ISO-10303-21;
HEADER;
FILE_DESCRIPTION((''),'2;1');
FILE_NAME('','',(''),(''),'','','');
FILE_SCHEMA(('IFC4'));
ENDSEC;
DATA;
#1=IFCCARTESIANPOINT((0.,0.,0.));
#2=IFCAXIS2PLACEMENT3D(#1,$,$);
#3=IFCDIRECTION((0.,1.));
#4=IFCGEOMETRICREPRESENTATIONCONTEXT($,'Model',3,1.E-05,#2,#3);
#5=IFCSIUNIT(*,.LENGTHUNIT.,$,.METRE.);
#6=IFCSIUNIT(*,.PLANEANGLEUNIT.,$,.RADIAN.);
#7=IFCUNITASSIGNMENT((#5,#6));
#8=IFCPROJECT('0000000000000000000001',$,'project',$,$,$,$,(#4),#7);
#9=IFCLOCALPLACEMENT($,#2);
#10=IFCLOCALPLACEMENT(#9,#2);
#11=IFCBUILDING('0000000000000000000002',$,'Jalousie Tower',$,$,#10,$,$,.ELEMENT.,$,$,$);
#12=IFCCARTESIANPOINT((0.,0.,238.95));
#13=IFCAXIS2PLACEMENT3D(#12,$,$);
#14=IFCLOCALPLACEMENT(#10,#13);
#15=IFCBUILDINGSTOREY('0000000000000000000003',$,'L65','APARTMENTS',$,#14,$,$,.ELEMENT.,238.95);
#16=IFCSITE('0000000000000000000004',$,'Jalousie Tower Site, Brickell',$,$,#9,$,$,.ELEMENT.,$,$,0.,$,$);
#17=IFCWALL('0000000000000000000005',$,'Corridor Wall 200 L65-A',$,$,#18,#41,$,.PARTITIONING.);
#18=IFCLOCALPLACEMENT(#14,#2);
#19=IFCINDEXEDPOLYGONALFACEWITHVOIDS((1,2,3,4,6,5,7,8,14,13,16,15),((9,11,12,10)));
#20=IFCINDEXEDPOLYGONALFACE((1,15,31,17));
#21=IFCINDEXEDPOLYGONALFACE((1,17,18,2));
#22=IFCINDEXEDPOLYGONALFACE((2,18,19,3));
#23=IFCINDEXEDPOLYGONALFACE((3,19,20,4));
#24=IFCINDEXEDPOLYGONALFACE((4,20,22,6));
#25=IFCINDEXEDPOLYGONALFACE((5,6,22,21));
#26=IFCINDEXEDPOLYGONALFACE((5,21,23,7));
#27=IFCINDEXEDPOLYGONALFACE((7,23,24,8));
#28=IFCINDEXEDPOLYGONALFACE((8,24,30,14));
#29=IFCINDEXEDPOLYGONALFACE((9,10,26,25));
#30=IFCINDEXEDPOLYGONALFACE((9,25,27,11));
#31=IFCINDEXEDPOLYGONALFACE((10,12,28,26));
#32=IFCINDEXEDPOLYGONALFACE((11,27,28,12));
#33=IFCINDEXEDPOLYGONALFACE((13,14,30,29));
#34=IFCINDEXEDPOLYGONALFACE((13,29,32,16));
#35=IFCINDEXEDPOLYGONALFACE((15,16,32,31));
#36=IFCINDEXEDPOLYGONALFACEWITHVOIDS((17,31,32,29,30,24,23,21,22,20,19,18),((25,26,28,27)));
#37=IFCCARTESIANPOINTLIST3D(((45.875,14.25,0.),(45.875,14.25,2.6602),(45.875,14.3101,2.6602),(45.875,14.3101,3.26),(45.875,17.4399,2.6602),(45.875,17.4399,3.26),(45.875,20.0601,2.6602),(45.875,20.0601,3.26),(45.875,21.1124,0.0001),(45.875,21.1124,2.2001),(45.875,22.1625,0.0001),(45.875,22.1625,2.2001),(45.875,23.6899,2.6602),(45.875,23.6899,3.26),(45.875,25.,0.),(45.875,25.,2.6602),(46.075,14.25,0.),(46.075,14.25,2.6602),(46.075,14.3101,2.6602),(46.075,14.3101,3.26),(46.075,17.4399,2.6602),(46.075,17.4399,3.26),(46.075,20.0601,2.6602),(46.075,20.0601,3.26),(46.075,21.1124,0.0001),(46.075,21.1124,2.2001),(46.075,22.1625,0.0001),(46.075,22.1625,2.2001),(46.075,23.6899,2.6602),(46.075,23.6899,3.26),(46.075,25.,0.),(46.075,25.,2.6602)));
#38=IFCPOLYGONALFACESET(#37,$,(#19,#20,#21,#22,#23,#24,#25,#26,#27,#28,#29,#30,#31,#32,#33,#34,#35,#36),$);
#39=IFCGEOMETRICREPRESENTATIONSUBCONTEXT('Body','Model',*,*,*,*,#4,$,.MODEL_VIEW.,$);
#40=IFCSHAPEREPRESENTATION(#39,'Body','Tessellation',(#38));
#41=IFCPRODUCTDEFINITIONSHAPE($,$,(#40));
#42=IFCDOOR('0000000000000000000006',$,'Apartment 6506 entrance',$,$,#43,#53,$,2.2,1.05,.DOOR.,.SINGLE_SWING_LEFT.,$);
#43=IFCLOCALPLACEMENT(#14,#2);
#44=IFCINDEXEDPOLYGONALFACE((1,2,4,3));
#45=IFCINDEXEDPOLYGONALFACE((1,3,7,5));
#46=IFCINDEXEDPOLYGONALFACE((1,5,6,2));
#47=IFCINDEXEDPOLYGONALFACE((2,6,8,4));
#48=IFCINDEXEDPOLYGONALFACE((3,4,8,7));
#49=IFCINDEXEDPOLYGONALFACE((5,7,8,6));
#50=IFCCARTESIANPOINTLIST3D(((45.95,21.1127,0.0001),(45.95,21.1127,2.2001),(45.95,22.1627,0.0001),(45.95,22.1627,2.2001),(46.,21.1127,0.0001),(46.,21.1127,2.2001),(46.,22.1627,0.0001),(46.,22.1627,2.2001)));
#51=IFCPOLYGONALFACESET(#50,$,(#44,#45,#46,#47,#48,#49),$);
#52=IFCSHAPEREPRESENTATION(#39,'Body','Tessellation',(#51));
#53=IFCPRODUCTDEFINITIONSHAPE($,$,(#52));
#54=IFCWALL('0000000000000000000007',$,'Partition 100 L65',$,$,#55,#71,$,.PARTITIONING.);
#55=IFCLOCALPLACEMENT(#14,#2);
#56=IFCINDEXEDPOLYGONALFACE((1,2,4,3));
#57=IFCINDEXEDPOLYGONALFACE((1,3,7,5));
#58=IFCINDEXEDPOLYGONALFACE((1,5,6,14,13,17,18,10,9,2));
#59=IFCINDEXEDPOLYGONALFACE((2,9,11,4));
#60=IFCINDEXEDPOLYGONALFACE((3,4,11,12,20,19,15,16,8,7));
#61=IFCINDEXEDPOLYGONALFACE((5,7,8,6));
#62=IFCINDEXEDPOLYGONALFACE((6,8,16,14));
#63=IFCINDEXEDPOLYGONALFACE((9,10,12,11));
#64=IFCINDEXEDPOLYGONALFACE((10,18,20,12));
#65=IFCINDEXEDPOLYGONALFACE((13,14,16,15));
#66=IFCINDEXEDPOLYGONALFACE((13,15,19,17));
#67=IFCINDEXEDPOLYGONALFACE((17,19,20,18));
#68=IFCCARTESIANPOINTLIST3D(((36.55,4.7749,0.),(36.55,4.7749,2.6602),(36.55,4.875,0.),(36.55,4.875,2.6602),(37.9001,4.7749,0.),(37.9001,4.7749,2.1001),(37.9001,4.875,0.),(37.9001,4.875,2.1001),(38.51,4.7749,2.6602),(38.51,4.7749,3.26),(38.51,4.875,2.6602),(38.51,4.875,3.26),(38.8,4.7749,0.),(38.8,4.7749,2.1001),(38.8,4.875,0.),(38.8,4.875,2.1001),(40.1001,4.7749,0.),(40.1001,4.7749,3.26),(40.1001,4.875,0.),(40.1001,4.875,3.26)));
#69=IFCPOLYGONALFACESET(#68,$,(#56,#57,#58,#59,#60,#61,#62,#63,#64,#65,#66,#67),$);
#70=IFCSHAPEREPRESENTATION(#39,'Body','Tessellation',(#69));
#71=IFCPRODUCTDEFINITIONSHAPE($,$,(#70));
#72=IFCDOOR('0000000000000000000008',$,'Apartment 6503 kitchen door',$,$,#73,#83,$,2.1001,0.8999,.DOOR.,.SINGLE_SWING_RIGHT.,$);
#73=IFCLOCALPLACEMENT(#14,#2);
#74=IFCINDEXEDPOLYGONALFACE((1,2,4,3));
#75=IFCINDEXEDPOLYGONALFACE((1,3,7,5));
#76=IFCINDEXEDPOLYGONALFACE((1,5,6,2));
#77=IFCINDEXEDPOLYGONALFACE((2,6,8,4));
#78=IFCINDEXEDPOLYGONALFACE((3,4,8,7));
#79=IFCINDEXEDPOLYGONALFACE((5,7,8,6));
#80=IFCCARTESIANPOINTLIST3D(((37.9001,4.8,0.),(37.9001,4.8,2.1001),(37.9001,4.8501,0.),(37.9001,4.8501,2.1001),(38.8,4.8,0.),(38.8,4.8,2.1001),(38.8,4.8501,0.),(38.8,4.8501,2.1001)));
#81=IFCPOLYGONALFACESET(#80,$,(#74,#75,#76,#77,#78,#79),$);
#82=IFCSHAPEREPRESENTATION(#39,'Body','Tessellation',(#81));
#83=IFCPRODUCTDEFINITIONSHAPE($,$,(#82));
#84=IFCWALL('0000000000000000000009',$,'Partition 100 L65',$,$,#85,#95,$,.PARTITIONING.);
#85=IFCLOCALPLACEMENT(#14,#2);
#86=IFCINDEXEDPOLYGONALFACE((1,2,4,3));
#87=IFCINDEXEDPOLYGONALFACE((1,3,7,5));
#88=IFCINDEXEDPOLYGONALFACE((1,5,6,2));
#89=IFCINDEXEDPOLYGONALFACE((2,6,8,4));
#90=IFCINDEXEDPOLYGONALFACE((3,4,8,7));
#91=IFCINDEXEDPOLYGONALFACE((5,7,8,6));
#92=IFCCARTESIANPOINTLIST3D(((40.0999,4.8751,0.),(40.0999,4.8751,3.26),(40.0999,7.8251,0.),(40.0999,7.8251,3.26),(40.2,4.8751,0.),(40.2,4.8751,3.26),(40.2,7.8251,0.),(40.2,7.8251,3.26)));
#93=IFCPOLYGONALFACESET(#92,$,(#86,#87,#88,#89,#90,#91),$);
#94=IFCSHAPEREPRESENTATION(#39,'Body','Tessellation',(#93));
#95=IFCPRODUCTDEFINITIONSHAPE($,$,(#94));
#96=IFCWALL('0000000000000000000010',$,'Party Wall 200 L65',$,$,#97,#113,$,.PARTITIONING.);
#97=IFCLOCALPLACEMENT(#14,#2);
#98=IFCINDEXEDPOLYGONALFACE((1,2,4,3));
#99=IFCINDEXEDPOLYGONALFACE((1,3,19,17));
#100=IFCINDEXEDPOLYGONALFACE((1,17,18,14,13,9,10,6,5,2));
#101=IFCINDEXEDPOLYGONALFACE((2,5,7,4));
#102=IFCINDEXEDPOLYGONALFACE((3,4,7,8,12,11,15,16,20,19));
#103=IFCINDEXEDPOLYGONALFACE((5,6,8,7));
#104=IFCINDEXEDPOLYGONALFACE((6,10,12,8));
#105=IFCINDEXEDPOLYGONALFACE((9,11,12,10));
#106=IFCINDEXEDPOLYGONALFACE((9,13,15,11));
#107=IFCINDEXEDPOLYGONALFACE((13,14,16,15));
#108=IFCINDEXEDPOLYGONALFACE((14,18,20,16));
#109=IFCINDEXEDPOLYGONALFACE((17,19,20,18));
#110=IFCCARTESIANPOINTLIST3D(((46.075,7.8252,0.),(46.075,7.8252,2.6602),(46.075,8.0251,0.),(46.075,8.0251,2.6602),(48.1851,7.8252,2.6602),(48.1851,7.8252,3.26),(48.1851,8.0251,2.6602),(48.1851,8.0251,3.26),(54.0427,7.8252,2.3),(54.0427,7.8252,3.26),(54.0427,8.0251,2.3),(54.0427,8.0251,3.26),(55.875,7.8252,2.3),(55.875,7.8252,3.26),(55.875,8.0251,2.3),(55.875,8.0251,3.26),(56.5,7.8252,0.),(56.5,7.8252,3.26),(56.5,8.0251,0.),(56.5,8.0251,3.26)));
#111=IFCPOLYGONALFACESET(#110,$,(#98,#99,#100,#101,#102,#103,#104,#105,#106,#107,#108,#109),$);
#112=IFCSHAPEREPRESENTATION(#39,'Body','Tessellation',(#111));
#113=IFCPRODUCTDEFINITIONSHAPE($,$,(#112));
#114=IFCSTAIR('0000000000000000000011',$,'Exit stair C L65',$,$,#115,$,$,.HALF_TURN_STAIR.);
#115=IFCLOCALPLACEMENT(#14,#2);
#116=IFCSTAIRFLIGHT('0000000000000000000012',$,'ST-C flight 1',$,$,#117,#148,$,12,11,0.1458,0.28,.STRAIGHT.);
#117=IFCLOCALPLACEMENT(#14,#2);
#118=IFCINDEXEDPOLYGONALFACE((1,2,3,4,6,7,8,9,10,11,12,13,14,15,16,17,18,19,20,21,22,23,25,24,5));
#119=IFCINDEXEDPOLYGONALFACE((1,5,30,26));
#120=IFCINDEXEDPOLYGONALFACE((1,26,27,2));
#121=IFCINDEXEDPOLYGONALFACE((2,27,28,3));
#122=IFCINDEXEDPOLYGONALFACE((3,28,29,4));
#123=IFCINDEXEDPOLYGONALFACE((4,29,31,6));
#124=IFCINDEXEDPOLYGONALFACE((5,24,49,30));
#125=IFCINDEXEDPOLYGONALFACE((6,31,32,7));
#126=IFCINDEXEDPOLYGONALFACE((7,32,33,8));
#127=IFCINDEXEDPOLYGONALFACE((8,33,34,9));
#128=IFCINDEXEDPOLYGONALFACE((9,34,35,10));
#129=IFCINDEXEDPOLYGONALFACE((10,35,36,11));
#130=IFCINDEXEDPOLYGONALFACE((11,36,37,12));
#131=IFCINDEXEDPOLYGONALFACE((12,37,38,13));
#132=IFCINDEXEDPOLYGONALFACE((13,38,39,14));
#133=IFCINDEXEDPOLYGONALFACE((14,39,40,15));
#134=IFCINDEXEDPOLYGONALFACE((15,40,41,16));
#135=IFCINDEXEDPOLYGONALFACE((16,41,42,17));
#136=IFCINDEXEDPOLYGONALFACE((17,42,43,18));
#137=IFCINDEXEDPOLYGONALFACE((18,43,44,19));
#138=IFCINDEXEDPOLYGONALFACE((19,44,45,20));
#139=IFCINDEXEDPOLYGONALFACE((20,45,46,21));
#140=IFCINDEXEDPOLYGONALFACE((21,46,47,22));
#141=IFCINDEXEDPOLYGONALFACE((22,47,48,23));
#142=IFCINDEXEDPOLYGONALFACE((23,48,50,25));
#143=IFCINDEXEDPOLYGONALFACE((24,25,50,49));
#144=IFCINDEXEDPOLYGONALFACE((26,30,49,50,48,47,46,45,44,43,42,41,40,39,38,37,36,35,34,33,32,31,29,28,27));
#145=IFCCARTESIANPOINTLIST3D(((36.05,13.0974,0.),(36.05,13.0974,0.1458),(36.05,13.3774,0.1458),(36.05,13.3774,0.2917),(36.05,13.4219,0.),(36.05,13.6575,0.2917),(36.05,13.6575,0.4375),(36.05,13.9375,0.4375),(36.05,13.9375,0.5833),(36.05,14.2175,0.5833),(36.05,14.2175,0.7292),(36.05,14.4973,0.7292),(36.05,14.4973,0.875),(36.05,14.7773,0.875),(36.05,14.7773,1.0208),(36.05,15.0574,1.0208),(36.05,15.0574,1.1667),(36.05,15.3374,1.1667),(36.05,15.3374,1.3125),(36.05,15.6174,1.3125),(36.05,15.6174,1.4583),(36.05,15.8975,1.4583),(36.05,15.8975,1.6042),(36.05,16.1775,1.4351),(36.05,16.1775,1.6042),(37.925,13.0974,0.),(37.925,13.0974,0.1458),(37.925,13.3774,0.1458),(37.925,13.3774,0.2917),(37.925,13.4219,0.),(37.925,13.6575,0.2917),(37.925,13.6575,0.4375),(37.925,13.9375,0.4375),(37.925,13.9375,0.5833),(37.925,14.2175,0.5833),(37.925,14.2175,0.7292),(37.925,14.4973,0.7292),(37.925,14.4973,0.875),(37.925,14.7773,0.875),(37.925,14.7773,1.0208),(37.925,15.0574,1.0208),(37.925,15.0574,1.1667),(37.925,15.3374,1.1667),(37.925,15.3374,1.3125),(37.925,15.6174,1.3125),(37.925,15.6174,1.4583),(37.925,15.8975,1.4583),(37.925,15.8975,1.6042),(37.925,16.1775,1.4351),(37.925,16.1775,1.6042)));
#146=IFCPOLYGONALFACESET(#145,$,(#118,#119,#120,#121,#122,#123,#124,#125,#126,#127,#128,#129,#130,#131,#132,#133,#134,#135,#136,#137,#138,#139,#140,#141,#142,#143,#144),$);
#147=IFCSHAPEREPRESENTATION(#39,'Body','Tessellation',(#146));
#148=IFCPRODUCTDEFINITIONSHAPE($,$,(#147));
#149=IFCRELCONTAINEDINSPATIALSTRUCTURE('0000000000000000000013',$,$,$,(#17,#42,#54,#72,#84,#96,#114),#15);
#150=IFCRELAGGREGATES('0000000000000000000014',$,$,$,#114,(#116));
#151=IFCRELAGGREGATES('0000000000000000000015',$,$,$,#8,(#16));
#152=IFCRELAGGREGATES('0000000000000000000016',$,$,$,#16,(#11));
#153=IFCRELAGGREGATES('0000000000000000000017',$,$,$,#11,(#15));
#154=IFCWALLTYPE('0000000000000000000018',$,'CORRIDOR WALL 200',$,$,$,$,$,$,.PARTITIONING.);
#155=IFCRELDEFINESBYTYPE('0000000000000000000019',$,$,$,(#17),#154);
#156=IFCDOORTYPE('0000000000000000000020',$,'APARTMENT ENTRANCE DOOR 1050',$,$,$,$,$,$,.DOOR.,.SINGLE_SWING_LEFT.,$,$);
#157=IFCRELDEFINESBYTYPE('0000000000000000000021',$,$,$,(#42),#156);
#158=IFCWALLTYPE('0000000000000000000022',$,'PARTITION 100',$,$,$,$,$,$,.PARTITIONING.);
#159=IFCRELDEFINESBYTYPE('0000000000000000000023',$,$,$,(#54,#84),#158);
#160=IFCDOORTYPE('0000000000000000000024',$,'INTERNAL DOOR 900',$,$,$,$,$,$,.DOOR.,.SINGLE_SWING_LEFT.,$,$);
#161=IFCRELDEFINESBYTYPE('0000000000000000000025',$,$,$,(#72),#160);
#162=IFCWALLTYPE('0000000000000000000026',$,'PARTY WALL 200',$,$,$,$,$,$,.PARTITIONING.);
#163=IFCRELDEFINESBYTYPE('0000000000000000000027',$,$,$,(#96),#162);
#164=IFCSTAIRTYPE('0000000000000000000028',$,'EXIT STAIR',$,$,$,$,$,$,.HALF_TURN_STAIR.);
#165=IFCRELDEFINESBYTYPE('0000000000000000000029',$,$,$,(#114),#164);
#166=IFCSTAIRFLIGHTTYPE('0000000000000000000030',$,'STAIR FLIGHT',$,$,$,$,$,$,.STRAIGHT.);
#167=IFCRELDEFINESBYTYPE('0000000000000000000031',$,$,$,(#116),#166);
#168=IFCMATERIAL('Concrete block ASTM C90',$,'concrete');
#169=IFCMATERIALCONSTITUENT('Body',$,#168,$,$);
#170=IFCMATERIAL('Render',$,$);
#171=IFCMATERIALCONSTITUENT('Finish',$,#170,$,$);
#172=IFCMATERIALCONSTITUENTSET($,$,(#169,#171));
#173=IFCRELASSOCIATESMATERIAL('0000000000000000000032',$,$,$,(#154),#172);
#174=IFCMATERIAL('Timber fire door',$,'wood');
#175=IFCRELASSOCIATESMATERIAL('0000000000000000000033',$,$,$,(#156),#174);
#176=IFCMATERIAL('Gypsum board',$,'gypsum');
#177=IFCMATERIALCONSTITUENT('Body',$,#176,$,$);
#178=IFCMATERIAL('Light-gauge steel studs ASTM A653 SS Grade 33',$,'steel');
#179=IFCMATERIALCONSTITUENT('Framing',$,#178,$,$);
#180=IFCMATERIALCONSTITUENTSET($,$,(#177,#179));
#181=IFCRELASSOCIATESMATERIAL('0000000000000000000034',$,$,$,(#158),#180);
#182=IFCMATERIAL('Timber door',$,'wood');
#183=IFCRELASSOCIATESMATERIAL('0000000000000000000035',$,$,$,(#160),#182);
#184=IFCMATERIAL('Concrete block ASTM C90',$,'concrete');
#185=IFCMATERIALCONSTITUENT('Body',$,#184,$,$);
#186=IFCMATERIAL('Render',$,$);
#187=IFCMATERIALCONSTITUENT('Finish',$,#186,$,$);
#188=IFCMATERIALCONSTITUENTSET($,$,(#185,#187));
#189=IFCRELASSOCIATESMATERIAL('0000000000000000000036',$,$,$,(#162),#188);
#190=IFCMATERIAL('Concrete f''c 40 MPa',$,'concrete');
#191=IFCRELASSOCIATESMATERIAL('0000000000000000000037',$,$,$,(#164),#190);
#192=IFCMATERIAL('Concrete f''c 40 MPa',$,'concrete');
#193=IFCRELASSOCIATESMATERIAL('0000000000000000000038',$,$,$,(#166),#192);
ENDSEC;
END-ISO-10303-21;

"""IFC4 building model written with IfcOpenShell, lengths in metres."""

from ifc_helpers import new_model, si_unit, direction, frame, frame_2d, origin, place, context, subcontext, project, spatial, polyline, rectangle, outline, extrude, material, constituent, constituent_set, type_object, element, fill, aggregate, save


model = new_model("IFC4")

# Units and contexts
model_context = context("Model", 3, precision=1e-05, world=origin(), true_north=direction((0.0, 1.0)))
body_context = subcontext(model_context, "Body", "Model", "MODEL_VIEW")
ifc_project = project(units=[si_unit("LENGTHUNIT", "METRE"), si_unit("PLANEANGLEUNIT", "RADIAN")], contexts=[model_context])

# Site, building, storey
site_placement = place(None, origin())
site = spatial("IfcSite", under=ifc_project, at=site_placement, Name="Jalousie Tower Site, Brickell", CompositionType="ELEMENT", RefElevation=0.0)
building_placement = place(site_placement, origin())
building = spatial("IfcBuilding", under=site, at=building_placement, Name="Jalousie Tower", CompositionType="ELEMENT")
storey_placement = place(building_placement, frame((0.0, 0.0, 238.95)))
storey = spatial("IfcBuildingStorey", under=building, at=storey_placement, Name="L65", Description="APARTMENTS", CompositionType="ELEMENT", Elevation=238.95)

# Walls, openings, doors
ifc_material_1 = material(Name="Concrete block ASTM C90", Category="concrete")
ifc_constituent_1 = constituent(ifc_material_1, Name="Body")
ifc_material_2 = material(Name="Render")
ifc_constituent_2 = constituent(ifc_material_2, Name="Finish")
ifc_constituent_set_1 = constituent_set(constituents=[ifc_constituent_1, ifc_constituent_2])
wall_type_1 = type_object("IfcWallType", Name="CORRIDOR WALL 200", PredefinedType="PARTITIONING", material=ifc_constituent_set_1)
ifc_material_3 = material(Name="Timber fire door", Category="wood")
door_type_1 = type_object("IfcDoorType", Name="APARTMENT ENTRANCE DOOR 1050", OperationType="SINGLE_SWING_LEFT", PredefinedType="DOOR", material=ifc_material_3)
wall_1_placement = place(storey_placement, frame((45.9751, 14.25, 0.0), z_axis=(0.0, 0.0, 1.0), x_axis=(0.0, 1.0, 0.0)))
wall_1 = element("IfcWall", 1, at=wall_1_placement, inside=storey, type_object=wall_type_1, Name="Corridor Wall 200 L65-A", PredefinedType="PARTITIONING", context=body_context, shape_type="SweptSolid", body=[
    extrude(outline(polyline([(0.0, 0.0), (10.75, 0.0), (10.75, 2.6602), (9.4399, 2.6602), (9.4399, 3.26), (5.8101, 3.26), (5.8101, 2.6602), (3.1899, 2.6602), (3.1899, 3.26), (0.0601, 3.26), (0.0601, 2.6602), (0.0, 2.6602), (0.0, 0.0)])), frame((0.0, 0.1001, 0.0), z_axis=(0.0, -1.0, 0.0), x_axis=(1.0, 0.0, 0.0)), (0.0, 0.0, 1.0), 0.2),
])
opening_1_placement = place(wall_1_placement, frame((6.8625, 0.0, 0.0)))
opening_1 = element("IfcOpeningElement", 2, at=opening_1_placement, cuts=wall_1, PredefinedType="OPENING", context=body_context, shape_type="SweptSolid", body=[
    extrude(rectangle(XDim=1.05, YDim=2.2, at=frame_2d((0.5249, 1.1001))), frame((0.0, 0.1099, 0.0), z_axis=(0.0, -1.0, 0.0), x_axis=(1.0, 0.0, 0.0)), (0.0, 0.0, 1.0), 0.22),
])
door_1_placement = place(opening_1_placement, frame((1.05, 0.0, 0.0), z_axis=(0.0, 0.0, 1.0), x_axis=(-1.0, 0.0, 0.0)))
door_1 = element("IfcDoor", 3, at=door_1_placement, inside=storey, type_object=door_type_1, Name="Apartment 6506 entrance", OperationType="SINGLE_SWING_LEFT", OverallHeight=2.2, OverallWidth=1.05, PredefinedType="DOOR", context=body_context, shape_type="SweptSolid", body=[
    extrude(rectangle(XDim=1.05, YDim=2.2, at=frame_2d((0.5249, 1.1001))), frame((0.0, 0.0249, 0.0), z_axis=(0.0, -1.0, 0.0), x_axis=(1.0, 0.0, 0.0)), (0.0, 0.0, 1.0), 0.05),
])
fill(opening_1, door_1)
ifc_material_4 = material(Name="Gypsum board", Category="gypsum")
ifc_constituent_3 = constituent(ifc_material_4, Name="Body")
ifc_material_5 = material(Name="Light-gauge steel studs ASTM A653 SS Grade 33", Category="steel")
ifc_constituent_4 = constituent(ifc_material_5, Name="Framing")
ifc_constituent_set_2 = constituent_set(constituents=[ifc_constituent_3, ifc_constituent_4])
wall_type_2 = type_object("IfcWallType", Name="PARTITION 100", PredefinedType="PARTITIONING", material=ifc_constituent_set_2)
wall_2_placement = place(storey_placement, frame((36.55, 4.825, 0.0), z_axis=(0.0, 0.0, 1.0), x_axis=(1.0, 0.0, 0.0)))
wall_2 = element("IfcWall", 4, at=wall_2_placement, inside=storey, type_object=wall_type_2, Name="Partition 100 L65", PredefinedType="PARTITIONING", context=body_context, shape_type="SweptSolid", body=[
    extrude(outline(polyline([(0.0, 0.0), (3.55, 0.0), (3.55, 3.26), (1.96, 3.26), (1.96, 2.6602), (0.0, 2.6602), (0.0, 3.26), (0.0, 0.0)])), frame((0.0, 0.05, 0.0), z_axis=(0.0, -1.0, 0.0), x_axis=(1.0, 0.0, 0.0)), (0.0, 0.0, 1.0), 0.1001),
])
opening_2_placement = place(wall_2_placement, frame((1.3501, 0.0, 0.0)))
opening_2 = element("IfcOpeningElement", 5, at=opening_2_placement, cuts=wall_2, PredefinedType="OPENING", context=body_context, shape_type="SweptSolid", body=[
    extrude(rectangle(XDim=0.8999, YDim=2.1001, at=frame_2d((0.45, 1.05))), frame((0.0, 0.0601, 0.0), z_axis=(0.0, -1.0, 0.0), x_axis=(1.0, 0.0, 0.0)), (0.0, 0.0, 1.0), 0.1201),
])
ifc_material_6 = material(Name="Timber door", Category="wood")
door_type_2 = type_object("IfcDoorType", Name="INTERNAL DOOR 900", OperationType="SINGLE_SWING_LEFT", PredefinedType="DOOR", material=ifc_material_6)
door_2_placement = place(opening_2_placement, frame((0.8999, 0.0, 0.0), z_axis=(0.0, 0.0, 1.0), x_axis=(-1.0, 0.0, 0.0)))
door_2 = element("IfcDoor", 6, at=door_2_placement, inside=storey, type_object=door_type_2, Name="Apartment 6503 kitchen door", OperationType="SINGLE_SWING_RIGHT", OverallHeight=2.1001, OverallWidth=0.8999, PredefinedType="DOOR", context=body_context, shape_type="SweptSolid", body=[
    extrude(rectangle(XDim=0.8999, YDim=2.1001, at=frame_2d((0.45, 1.05))), frame((0.0, 0.0249, 0.0), z_axis=(0.0, -1.0, 0.0), x_axis=(1.0, 0.0, 0.0)), (0.0, 0.0, 1.0), 0.05),
])
fill(opening_2, door_2)

# Walls
wall_3_placement = place(storey_placement, frame((40.1499, 4.875, 0.0), z_axis=(0.0, 0.0, 1.0), x_axis=(0.0, 1.0, 0.0)))
element("IfcWall", 7, at=wall_3_placement, inside=storey, type_object=wall_type_2, Name="Partition 100 L65", PredefinedType="PARTITIONING", context=body_context, shape_type="SweptSolid", body=[
    extrude(rectangle(XDim=2.95, YDim=0.1001, at=frame_2d((1.4751, 0.0))), origin(), (0.0, 0.0, 1.0), 3.26),
])
ifc_material_7 = material(Name="Concrete block ASTM C90", Category="concrete")
ifc_constituent_5 = constituent(ifc_material_7, Name="Body")
ifc_material_8 = material(Name="Render")
ifc_constituent_6 = constituent(ifc_material_8, Name="Finish")
ifc_constituent_set_3 = constituent_set(constituents=[ifc_constituent_5, ifc_constituent_6])
wall_type_3 = type_object("IfcWallType", Name="PARTY WALL 200", PredefinedType="PARTITIONING", material=ifc_constituent_set_3)
wall_4_placement = place(storey_placement, frame((46.075, 7.925, 0.0), z_axis=(0.0, 0.0, 1.0), x_axis=(1.0, 0.0, 0.0)))
element("IfcWall", 8, at=wall_4_placement, inside=storey, type_object=wall_type_3, Name="Party Wall 200 L65", PredefinedType="PARTITIONING", context=body_context, shape_type="SweptSolid", body=[
    extrude(outline(polyline([(0.0, 0.0), (10.425, 0.0), (10.425, 3.26), (9.8, 3.26), (9.8, 2.3), (7.9678, 2.3), (7.9678, 3.26), (2.1101, 3.26), (2.1101, 2.6602), (0.0, 2.6602), (0.0, 3.26), (0.0, 0.0)])), frame((0.0, 0.1001, 0.0), z_axis=(0.0, -1.0, 0.0), x_axis=(1.0, 0.0, 0.0)), (0.0, 0.0, 1.0), 0.2),
])

# Stair, stair flight
ifc_material_9 = material(Name="Concrete f'c 40 MPa", Category="concrete")
stair_type = type_object("IfcStairType", Name="EXIT STAIR", PredefinedType="HALF_TURN_STAIR", material=ifc_material_9)
stair_placement = place(storey_placement, origin())
stair = element("IfcStair", 9, at=stair_placement, inside=storey, type_object=stair_type, Name="Exit stair C L65", PredefinedType="HALF_TURN_STAIR")
ifc_material_10 = material(Name="Concrete f'c 40 MPa", Category="concrete")
stair_flight_type = type_object("IfcStairFlightType", Name="STAIR FLIGHT", PredefinedType="STRAIGHT", material=ifc_material_10)
stair_flight_1_placement = place(storey_placement, frame((36.9875, 13.0974, 0.0), z_axis=(0.0, 0.0, 1.0), x_axis=(0.0, 1.0, 0.0)))
stair_flight_1 = element("IfcStairFlight", 10, at=stair_flight_1_placement, type_object=stair_flight_type, Name="ST-C flight 1", NumberOfRisers=12, NumberOfTreads=11, PredefinedType="STRAIGHT", RiserHeight=0.1458, TreadLength=0.28, context=body_context, shape_type="SweptSolid", body=[
    extrude(outline(polyline([(0.0, 0.0), (0.0, 0.1458), (0.28, 0.1458), (0.28, 0.2917), (0.5601, 0.2917), (0.5601, 0.4375), (0.8401, 0.4375), (0.8401, 0.5833), (1.1201, 0.5833), (1.1201, 0.7292), (1.3999, 0.7292), (1.3999, 0.875), (1.6799, 0.875), (1.6799, 1.0208), (1.96, 1.0208), (1.96, 1.1667), (2.24, 1.1667), (2.24, 1.3125), (2.52, 1.3125), (2.52, 1.4583), (2.8, 1.4583), (2.8, 1.6042), (3.0801, 1.6042), (3.0801, 1.75), (3.0801, 1.4351), (0.3245, 0.0), (0.0, 0.0)])), frame((0.0, 0.9375, 0.0), z_axis=(0.0, -1.0, 0.0), x_axis=(1.0, 0.0, 0.0)), (0.0, 0.0, 1.0), 1.875),
])
aggregate(stair, [stair_flight_1])

save(model, "model.ifc")
